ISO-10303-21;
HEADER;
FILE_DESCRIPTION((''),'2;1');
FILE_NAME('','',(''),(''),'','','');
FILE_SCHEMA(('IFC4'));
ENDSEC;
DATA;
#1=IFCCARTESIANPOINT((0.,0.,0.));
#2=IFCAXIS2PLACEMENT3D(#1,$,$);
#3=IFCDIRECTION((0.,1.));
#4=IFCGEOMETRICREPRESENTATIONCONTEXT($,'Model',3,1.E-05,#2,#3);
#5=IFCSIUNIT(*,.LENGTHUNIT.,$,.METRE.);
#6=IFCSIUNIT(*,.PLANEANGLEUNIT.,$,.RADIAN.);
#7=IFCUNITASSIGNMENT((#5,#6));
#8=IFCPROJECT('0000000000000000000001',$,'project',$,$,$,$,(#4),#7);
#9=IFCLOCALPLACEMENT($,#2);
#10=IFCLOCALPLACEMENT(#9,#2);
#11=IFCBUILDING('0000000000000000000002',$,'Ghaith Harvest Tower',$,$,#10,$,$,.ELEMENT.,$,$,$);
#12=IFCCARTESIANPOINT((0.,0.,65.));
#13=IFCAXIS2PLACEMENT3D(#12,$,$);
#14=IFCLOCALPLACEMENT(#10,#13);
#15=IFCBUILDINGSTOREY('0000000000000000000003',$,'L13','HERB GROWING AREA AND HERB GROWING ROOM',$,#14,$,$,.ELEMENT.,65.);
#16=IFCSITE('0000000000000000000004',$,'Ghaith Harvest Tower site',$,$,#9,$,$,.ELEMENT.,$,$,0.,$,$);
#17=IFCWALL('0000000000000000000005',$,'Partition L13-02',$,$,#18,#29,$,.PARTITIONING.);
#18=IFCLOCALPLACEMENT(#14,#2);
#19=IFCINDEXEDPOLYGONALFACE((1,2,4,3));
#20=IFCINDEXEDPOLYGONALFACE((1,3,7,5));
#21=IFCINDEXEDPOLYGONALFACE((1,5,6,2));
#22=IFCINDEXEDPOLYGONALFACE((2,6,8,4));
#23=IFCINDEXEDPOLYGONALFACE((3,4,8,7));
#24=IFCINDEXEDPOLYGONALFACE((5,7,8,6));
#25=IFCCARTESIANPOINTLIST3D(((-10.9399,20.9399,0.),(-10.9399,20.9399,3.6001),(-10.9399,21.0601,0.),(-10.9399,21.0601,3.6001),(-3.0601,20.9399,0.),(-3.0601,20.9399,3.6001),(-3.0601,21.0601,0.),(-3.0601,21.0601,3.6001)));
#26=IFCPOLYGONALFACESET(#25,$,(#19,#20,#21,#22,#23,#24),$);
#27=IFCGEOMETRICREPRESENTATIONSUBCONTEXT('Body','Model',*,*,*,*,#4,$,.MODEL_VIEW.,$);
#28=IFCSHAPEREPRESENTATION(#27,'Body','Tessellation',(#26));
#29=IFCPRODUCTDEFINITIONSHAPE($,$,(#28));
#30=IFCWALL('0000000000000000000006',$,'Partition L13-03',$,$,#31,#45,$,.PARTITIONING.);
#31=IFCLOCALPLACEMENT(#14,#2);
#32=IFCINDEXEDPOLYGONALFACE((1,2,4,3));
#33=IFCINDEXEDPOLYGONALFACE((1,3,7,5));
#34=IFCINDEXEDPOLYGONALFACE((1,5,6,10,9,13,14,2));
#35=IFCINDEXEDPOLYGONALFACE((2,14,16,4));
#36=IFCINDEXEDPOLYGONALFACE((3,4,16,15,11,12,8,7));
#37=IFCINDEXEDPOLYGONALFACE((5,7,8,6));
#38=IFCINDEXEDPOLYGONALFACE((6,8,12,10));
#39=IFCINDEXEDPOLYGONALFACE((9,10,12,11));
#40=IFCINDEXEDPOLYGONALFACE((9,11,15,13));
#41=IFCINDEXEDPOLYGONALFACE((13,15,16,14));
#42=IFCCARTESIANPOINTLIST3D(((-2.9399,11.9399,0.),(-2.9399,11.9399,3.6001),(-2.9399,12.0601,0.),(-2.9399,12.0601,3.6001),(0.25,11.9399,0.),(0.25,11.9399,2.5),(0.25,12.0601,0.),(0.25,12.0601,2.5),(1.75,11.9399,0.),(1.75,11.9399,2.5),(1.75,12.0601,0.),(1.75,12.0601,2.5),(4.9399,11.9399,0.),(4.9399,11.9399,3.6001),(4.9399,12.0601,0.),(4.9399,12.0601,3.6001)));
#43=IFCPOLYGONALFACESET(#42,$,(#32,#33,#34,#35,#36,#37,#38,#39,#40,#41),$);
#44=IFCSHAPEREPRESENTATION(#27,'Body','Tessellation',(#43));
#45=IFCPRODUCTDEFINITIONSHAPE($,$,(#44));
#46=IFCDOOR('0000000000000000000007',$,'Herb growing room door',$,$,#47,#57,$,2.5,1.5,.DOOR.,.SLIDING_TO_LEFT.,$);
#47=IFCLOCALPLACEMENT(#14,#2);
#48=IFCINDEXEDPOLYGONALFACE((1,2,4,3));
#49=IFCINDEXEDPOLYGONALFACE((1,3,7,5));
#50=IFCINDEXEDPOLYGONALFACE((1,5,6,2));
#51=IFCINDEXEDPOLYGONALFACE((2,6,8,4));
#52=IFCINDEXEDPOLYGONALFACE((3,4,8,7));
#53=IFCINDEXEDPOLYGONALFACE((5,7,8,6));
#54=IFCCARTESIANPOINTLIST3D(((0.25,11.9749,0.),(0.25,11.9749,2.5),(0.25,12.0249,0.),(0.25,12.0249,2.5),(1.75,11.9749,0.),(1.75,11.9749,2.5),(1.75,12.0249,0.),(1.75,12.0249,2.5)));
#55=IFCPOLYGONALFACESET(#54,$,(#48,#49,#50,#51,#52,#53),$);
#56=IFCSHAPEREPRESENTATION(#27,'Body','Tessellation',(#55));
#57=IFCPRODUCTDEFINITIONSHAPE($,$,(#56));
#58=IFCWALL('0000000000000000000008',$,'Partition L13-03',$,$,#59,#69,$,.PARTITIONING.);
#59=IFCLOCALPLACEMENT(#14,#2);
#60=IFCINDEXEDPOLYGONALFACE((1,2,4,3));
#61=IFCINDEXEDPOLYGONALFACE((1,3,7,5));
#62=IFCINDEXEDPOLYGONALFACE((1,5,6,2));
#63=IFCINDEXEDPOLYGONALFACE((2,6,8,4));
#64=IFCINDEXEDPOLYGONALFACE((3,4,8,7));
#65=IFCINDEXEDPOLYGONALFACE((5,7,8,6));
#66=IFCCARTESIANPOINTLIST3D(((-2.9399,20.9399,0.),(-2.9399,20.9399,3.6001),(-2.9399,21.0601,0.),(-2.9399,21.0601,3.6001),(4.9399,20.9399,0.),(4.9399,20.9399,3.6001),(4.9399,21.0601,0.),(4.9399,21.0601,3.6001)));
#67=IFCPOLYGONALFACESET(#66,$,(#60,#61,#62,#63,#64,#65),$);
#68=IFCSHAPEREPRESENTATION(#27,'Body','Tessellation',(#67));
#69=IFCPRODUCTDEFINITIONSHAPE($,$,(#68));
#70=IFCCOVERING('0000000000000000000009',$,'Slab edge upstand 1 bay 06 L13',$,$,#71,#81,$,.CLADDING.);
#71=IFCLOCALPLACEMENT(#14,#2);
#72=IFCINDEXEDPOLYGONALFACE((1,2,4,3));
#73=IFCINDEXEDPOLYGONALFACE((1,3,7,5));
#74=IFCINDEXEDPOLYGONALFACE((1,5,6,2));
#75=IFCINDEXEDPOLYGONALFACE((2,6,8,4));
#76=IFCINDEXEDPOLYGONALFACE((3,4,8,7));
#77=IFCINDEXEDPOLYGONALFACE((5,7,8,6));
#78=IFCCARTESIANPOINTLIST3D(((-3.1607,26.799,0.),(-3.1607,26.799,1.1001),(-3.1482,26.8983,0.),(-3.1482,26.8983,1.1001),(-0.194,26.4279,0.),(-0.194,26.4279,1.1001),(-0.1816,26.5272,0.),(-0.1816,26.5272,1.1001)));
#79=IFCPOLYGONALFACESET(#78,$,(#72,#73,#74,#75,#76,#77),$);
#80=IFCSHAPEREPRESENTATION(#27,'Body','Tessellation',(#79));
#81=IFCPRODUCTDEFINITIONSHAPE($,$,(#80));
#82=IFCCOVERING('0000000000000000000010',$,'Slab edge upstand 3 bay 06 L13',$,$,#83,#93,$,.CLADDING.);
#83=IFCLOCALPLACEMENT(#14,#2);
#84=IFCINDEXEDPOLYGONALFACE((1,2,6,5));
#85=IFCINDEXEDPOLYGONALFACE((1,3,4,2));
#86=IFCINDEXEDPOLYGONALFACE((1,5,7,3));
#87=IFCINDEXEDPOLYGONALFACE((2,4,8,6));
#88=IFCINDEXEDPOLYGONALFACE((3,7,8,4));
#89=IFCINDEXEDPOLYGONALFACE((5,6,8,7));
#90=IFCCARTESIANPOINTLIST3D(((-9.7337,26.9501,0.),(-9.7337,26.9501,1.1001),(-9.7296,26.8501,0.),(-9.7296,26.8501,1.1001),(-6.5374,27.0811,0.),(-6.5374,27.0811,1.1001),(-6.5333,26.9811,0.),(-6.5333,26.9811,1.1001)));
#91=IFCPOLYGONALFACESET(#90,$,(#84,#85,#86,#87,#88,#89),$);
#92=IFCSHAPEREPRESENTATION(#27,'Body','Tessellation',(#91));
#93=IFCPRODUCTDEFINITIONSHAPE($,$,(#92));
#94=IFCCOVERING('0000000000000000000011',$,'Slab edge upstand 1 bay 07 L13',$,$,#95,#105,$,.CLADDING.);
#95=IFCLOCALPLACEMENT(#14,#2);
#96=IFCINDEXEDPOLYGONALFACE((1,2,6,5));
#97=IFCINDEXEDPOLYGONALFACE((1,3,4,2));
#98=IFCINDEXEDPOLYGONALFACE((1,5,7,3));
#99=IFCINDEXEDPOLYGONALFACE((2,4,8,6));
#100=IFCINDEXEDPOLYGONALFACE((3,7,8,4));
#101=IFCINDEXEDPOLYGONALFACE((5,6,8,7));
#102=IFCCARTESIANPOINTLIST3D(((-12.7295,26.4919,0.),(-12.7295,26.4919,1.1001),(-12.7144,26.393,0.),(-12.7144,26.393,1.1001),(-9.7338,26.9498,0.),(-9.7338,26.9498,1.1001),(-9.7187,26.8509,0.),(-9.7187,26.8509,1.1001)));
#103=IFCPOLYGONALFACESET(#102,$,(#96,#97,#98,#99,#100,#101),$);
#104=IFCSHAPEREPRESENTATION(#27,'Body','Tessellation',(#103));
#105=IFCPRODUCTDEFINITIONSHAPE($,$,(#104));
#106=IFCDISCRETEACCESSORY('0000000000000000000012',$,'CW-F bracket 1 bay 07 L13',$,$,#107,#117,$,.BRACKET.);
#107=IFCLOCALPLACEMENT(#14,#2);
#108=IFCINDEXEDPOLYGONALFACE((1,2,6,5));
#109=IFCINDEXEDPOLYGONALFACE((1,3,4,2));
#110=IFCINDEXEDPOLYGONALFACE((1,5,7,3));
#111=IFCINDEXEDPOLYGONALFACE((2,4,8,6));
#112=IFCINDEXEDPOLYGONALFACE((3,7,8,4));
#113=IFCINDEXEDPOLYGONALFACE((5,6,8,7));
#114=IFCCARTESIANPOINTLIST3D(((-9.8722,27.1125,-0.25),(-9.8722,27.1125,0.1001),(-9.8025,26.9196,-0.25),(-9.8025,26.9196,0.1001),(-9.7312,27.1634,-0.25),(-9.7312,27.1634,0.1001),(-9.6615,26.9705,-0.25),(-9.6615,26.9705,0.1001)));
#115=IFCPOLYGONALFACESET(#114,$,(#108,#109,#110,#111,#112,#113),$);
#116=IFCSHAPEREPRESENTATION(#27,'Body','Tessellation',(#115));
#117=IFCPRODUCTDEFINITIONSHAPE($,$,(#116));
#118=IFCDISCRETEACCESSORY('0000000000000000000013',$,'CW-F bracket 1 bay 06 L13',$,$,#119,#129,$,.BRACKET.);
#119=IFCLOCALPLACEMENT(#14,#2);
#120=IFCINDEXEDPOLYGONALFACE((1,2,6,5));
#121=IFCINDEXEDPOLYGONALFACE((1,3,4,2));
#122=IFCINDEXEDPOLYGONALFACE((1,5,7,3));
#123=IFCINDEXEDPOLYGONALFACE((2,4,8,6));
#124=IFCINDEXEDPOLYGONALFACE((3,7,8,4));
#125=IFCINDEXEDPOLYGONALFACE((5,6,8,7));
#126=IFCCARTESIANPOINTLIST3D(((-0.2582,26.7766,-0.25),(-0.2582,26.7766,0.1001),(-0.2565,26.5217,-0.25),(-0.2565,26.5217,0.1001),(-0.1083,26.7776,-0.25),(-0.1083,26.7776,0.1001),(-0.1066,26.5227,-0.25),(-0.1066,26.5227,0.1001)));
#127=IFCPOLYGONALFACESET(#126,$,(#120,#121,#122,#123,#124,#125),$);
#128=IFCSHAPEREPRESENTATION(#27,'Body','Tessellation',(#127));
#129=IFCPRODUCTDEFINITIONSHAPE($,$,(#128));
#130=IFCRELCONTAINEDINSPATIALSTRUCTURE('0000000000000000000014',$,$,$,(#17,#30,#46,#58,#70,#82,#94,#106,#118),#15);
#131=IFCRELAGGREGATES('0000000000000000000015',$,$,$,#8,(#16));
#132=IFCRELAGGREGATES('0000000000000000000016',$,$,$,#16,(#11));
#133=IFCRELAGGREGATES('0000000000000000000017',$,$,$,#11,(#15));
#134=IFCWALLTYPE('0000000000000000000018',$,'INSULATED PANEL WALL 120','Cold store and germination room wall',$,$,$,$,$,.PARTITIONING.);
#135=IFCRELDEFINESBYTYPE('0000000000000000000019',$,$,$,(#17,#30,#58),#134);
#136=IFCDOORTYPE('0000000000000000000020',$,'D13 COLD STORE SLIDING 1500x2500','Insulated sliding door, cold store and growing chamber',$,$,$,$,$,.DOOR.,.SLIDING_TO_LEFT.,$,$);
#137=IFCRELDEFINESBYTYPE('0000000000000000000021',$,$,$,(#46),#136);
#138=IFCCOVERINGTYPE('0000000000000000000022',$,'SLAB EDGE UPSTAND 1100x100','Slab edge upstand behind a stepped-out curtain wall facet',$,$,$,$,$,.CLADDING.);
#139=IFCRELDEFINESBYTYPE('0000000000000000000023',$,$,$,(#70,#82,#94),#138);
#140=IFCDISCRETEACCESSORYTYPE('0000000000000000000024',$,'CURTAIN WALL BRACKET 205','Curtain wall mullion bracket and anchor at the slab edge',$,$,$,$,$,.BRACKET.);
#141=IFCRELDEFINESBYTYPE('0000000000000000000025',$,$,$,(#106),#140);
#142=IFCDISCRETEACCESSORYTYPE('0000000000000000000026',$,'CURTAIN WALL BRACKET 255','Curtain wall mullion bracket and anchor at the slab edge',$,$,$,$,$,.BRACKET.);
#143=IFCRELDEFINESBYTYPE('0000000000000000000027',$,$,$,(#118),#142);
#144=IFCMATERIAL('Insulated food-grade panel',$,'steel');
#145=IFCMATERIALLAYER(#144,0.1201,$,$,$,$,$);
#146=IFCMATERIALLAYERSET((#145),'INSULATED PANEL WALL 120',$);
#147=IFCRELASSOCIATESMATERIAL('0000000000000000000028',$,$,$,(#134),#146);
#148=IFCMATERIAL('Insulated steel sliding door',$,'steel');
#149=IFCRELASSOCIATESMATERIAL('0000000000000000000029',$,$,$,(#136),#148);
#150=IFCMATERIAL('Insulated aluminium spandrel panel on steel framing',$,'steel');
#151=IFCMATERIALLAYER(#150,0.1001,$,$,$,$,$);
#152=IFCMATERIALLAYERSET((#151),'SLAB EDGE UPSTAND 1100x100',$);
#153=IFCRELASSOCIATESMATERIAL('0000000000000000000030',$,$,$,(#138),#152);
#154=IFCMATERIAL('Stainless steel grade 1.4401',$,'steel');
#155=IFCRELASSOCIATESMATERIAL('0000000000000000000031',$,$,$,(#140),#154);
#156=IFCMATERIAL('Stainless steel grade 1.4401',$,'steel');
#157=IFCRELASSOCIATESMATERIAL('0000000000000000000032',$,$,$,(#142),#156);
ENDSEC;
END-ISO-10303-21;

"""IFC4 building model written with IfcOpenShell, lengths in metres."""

from ifc_helpers import new_model, si_unit, direction, frame, frame_2d, origin, origin_2d, place, context, subcontext, project, spatial, rectangle, extrude, material, layer, layer_set, type_object, element, fill, save


model = new_model("IFC4")

# Units and contexts
model_context = context("Model", 3, precision=1e-05, world=origin(), true_north=direction((0.0, 1.0)))
body_context = subcontext(model_context, "Body", "Model", "MODEL_VIEW")
ifc_project = project(units=[si_unit("LENGTHUNIT", "METRE"), si_unit("PLANEANGLEUNIT", "RADIAN")], contexts=[model_context])

# Site, building, storey
site_placement = place(None, origin())
site = spatial("IfcSite", under=ifc_project, at=site_placement, Name="Ghaith Harvest Tower site", CompositionType="ELEMENT", RefElevation=0.0)
building_placement = place(site_placement, origin())
building = spatial("IfcBuilding", under=site, at=building_placement, Name="Ghaith Harvest Tower", CompositionType="ELEMENT")
storey_placement = place(building_placement, frame((0.0, 0.0, 65.0)))
storey = spatial("IfcBuildingStorey", under=building, at=storey_placement, Name="L13", Description="HERB GROWING AREA AND HERB GROWING ROOM", CompositionType="ELEMENT", Elevation=65.0)

# Shared definitions
ifc_material_1 = material(Name="Insulated food-grade panel", Category="steel")
ifc_layer_1 = layer(ifc_material_1, 0.1201)
ifc_layer_set_1 = layer_set([ifc_layer_1], Name="INSULATED PANEL WALL 120")
wall_type = type_object("IfcWallType", Name="INSULATED PANEL WALL 120", Description="Cold store and germination room wall", PredefinedType="PARTITIONING", material=ifc_layer_set_1)

# Shared definitions
ifc_material_2 = material(Name="Insulated steel sliding door", Category="steel")
door_type = type_object("IfcDoorType", Name="D13 COLD STORE SLIDING 1500x2500", Description="Insulated sliding door, cold store and growing chamber", OperationType="SLIDING_TO_LEFT", PredefinedType="DOOR", material=ifc_material_2)

# Wall
wall_1_placement = place(storey_placement, frame((-10.9399, 21.0, 0.0), z_axis=(0.0, 0.0, 1.0), x_axis=(1.0, 0.0, 0.0)))
element("IfcWall", 1, at=wall_1_placement, inside=storey, type_object=wall_type, Name="Partition L13-02", PredefinedType="PARTITIONING", context=body_context, shape_type="SweptSolid", body=[
    extrude(rectangle(XDim=7.8799, YDim=0.1201, at=frame_2d((3.9399, 0.0))), origin(), (0.0, 0.0, 1.0), 3.6001),
])

# Wall, opening, door
wall_2_placement = place(storey_placement, frame((-2.9399, 12.0, 0.0), z_axis=(0.0, 0.0, 1.0), x_axis=(1.0, 0.0, 0.0)))
wall_2 = element("IfcWall", 2, at=wall_2_placement, inside=storey, type_object=wall_type, Name="Partition L13-03", PredefinedType="PARTITIONING", context=body_context, shape_type="SweptSolid", body=[
    extrude(rectangle(XDim=7.8799, YDim=0.1201, at=frame_2d((3.9399, 0.0))), origin(), (0.0, 0.0, 1.0), 3.6001),
])
opening_1_placement = place(wall_2_placement, frame((3.1899, 0.0, 0.0)))
opening_1 = element("IfcOpeningElement", 3, at=opening_1_placement, cuts=wall_2, PredefinedType="OPENING", context=body_context, shape_type="SweptSolid", body=[
    extrude(rectangle(XDim=1.5, YDim=2.5, at=frame_2d((0.75, 1.25))), frame((0.0, 0.0701, 0.0), z_axis=(0.0, -1.0, 0.0), x_axis=(1.0, 0.0, 0.0)), (0.0, 0.0, 1.0), 0.1401),
])
door_1_placement = place(opening_1_placement, origin())
door_1 = element("IfcDoor", 4, at=door_1_placement, inside=storey, type_object=door_type, Name="Herb growing room door", OperationType="SLIDING_TO_LEFT", OverallHeight=2.5, OverallWidth=1.5, PredefinedType="DOOR", context=body_context, shape_type="SweptSolid", body=[
    extrude(rectangle(XDim=1.5, YDim=2.5, at=frame_2d((0.75, 1.25))), frame((0.0, 0.0249, 0.0), z_axis=(0.0, -1.0, 0.0), x_axis=(1.0, 0.0, 0.0)), (0.0, 0.0, 1.0), 0.05),
])
fill(opening_1, door_1)

# Wall
wall_3_placement = place(storey_placement, frame((-2.9399, 21.0, 0.0), z_axis=(0.0, 0.0, 1.0), x_axis=(1.0, 0.0, 0.0)))
element("IfcWall", 5, at=wall_3_placement, inside=storey, type_object=wall_type, Name="Partition L13-03", PredefinedType="PARTITIONING", context=body_context, shape_type="SweptSolid", body=[
    extrude(rectangle(XDim=7.8799, YDim=0.1201, at=frame_2d((3.9399, 0.0))), origin(), (0.0, 0.0, 1.0), 3.6001),
])

# Coverings
ifc_material_3 = material(Name="Insulated aluminium spandrel panel on steel framing", Category="steel")
ifc_layer_2 = layer(ifc_material_3, 0.1001)
ifc_layer_set_2 = layer_set([ifc_layer_2], Name="SLAB EDGE UPSTAND 1100x100")
covering_type = type_object("IfcCoveringType", Name="SLAB EDGE UPSTAND 1100x100", Description="Slab edge upstand behind a stepped-out curtain wall facet", PredefinedType="CLADDING", material=ifc_layer_set_2)
covering_1_placement = place(storey_placement, frame((-1.6711, 26.6631, 0.0), z_axis=(0.0, 0.0, 1.0), x_axis=(-0.992265, 0.124139, 0.0)))
element("IfcCovering", 6, at=covering_1_placement, inside=storey, type_object=covering_type, Name="Slab edge upstand 1 bay 06 L13", PredefinedType="CLADDING", context=body_context, shape_type="SweptSolid", body=[
    extrude(rectangle(XDim=2.9897, YDim=0.1001, at=origin_2d()), origin(), (0.0, 0.0, 1.0), 1.1001),
])
covering_2_placement = place(storey_placement, frame((-8.1335, 26.9656, 0.0), z_axis=(0.0, 0.0, 1.0), x_axis=(-0.999161, -0.040957, 0.0)))
element("IfcCovering", 7, at=covering_2_placement, inside=storey, type_object=covering_type, Name="Slab edge upstand 3 bay 06 L13", PredefinedType="CLADDING", context=body_context, shape_type="SweptSolid", body=[
    extrude(rectangle(XDim=3.199, YDim=0.1001, at=origin_2d()), origin(), (0.0, 0.0, 1.0), 1.1001),
])
covering_3_placement = place(storey_placement, frame((-11.2241, 26.6714, 0.0), z_axis=(0.0, 0.0, 1.0), x_axis=(-0.988518, -0.151104, 0.0)))
element("IfcCovering", 8, at=covering_3_placement, inside=storey, type_object=covering_type, Name="Slab edge upstand 1 bay 07 L13", PredefinedType="CLADDING", context=body_context, shape_type="SweptSolid", body=[
    extrude(rectangle(XDim=3.0305, YDim=0.1001, at=origin_2d()), origin(), (0.0, 0.0, 1.0), 1.1001),
])

# Discrete accessories
ifc_material_4 = material(Name="Stainless steel grade 1.4401", Category="steel")
discrete_accessory_type_1 = type_object("IfcDiscreteAccessoryType", Name="CURTAIN WALL BRACKET 205", Description="Curtain wall mullion bracket and anchor at the slab edge", PredefinedType="BRACKET", material=ifc_material_4)
discrete_accessory_1_placement = place(storey_placement, frame((-9.7668, 27.0415, -0.25), z_axis=(0.0, 0.0, 1.0), x_axis=(-0.339699, 0.940534, 0.0)))
element("IfcDiscreteAccessory", 9, at=discrete_accessory_1_placement, inside=storey, type_object=discrete_accessory_type_1, Name="CW-F bracket 1 bay 07 L13", PredefinedType="BRACKET", context=body_context, shape_type="SweptSolid", body=[
    extrude(rectangle(XDim=0.2051, YDim=0.1499, at=origin_2d()), origin(), (0.0, 0.0, 1.0), 0.3501),
])
ifc_material_5 = material(Name="Stainless steel grade 1.4401", Category="steel")
discrete_accessory_type_2 = type_object("IfcDiscreteAccessoryType", Name="CURTAIN WALL BRACKET 255", Description="Curtain wall mullion bracket and anchor at the slab edge", PredefinedType="BRACKET", material=ifc_material_5)
discrete_accessory_2_placement = place(storey_placement, frame((-0.1824, 26.6497, -0.25), z_axis=(0.0, 0.0, 1.0), x_axis=(-0.006844, 0.999977, 0.0)))
element("IfcDiscreteAccessory", 10, at=discrete_accessory_2_placement, inside=storey, type_object=discrete_accessory_type_2, Name="CW-F bracket 1 bay 06 L13", PredefinedType="BRACKET", context=body_context, shape_type="SweptSolid", body=[
    extrude(rectangle(XDim=0.2549, YDim=0.1499, at=origin_2d()), origin(), (0.0, 0.0, 1.0), 0.3501),
])

save(model, "model.ifc")
